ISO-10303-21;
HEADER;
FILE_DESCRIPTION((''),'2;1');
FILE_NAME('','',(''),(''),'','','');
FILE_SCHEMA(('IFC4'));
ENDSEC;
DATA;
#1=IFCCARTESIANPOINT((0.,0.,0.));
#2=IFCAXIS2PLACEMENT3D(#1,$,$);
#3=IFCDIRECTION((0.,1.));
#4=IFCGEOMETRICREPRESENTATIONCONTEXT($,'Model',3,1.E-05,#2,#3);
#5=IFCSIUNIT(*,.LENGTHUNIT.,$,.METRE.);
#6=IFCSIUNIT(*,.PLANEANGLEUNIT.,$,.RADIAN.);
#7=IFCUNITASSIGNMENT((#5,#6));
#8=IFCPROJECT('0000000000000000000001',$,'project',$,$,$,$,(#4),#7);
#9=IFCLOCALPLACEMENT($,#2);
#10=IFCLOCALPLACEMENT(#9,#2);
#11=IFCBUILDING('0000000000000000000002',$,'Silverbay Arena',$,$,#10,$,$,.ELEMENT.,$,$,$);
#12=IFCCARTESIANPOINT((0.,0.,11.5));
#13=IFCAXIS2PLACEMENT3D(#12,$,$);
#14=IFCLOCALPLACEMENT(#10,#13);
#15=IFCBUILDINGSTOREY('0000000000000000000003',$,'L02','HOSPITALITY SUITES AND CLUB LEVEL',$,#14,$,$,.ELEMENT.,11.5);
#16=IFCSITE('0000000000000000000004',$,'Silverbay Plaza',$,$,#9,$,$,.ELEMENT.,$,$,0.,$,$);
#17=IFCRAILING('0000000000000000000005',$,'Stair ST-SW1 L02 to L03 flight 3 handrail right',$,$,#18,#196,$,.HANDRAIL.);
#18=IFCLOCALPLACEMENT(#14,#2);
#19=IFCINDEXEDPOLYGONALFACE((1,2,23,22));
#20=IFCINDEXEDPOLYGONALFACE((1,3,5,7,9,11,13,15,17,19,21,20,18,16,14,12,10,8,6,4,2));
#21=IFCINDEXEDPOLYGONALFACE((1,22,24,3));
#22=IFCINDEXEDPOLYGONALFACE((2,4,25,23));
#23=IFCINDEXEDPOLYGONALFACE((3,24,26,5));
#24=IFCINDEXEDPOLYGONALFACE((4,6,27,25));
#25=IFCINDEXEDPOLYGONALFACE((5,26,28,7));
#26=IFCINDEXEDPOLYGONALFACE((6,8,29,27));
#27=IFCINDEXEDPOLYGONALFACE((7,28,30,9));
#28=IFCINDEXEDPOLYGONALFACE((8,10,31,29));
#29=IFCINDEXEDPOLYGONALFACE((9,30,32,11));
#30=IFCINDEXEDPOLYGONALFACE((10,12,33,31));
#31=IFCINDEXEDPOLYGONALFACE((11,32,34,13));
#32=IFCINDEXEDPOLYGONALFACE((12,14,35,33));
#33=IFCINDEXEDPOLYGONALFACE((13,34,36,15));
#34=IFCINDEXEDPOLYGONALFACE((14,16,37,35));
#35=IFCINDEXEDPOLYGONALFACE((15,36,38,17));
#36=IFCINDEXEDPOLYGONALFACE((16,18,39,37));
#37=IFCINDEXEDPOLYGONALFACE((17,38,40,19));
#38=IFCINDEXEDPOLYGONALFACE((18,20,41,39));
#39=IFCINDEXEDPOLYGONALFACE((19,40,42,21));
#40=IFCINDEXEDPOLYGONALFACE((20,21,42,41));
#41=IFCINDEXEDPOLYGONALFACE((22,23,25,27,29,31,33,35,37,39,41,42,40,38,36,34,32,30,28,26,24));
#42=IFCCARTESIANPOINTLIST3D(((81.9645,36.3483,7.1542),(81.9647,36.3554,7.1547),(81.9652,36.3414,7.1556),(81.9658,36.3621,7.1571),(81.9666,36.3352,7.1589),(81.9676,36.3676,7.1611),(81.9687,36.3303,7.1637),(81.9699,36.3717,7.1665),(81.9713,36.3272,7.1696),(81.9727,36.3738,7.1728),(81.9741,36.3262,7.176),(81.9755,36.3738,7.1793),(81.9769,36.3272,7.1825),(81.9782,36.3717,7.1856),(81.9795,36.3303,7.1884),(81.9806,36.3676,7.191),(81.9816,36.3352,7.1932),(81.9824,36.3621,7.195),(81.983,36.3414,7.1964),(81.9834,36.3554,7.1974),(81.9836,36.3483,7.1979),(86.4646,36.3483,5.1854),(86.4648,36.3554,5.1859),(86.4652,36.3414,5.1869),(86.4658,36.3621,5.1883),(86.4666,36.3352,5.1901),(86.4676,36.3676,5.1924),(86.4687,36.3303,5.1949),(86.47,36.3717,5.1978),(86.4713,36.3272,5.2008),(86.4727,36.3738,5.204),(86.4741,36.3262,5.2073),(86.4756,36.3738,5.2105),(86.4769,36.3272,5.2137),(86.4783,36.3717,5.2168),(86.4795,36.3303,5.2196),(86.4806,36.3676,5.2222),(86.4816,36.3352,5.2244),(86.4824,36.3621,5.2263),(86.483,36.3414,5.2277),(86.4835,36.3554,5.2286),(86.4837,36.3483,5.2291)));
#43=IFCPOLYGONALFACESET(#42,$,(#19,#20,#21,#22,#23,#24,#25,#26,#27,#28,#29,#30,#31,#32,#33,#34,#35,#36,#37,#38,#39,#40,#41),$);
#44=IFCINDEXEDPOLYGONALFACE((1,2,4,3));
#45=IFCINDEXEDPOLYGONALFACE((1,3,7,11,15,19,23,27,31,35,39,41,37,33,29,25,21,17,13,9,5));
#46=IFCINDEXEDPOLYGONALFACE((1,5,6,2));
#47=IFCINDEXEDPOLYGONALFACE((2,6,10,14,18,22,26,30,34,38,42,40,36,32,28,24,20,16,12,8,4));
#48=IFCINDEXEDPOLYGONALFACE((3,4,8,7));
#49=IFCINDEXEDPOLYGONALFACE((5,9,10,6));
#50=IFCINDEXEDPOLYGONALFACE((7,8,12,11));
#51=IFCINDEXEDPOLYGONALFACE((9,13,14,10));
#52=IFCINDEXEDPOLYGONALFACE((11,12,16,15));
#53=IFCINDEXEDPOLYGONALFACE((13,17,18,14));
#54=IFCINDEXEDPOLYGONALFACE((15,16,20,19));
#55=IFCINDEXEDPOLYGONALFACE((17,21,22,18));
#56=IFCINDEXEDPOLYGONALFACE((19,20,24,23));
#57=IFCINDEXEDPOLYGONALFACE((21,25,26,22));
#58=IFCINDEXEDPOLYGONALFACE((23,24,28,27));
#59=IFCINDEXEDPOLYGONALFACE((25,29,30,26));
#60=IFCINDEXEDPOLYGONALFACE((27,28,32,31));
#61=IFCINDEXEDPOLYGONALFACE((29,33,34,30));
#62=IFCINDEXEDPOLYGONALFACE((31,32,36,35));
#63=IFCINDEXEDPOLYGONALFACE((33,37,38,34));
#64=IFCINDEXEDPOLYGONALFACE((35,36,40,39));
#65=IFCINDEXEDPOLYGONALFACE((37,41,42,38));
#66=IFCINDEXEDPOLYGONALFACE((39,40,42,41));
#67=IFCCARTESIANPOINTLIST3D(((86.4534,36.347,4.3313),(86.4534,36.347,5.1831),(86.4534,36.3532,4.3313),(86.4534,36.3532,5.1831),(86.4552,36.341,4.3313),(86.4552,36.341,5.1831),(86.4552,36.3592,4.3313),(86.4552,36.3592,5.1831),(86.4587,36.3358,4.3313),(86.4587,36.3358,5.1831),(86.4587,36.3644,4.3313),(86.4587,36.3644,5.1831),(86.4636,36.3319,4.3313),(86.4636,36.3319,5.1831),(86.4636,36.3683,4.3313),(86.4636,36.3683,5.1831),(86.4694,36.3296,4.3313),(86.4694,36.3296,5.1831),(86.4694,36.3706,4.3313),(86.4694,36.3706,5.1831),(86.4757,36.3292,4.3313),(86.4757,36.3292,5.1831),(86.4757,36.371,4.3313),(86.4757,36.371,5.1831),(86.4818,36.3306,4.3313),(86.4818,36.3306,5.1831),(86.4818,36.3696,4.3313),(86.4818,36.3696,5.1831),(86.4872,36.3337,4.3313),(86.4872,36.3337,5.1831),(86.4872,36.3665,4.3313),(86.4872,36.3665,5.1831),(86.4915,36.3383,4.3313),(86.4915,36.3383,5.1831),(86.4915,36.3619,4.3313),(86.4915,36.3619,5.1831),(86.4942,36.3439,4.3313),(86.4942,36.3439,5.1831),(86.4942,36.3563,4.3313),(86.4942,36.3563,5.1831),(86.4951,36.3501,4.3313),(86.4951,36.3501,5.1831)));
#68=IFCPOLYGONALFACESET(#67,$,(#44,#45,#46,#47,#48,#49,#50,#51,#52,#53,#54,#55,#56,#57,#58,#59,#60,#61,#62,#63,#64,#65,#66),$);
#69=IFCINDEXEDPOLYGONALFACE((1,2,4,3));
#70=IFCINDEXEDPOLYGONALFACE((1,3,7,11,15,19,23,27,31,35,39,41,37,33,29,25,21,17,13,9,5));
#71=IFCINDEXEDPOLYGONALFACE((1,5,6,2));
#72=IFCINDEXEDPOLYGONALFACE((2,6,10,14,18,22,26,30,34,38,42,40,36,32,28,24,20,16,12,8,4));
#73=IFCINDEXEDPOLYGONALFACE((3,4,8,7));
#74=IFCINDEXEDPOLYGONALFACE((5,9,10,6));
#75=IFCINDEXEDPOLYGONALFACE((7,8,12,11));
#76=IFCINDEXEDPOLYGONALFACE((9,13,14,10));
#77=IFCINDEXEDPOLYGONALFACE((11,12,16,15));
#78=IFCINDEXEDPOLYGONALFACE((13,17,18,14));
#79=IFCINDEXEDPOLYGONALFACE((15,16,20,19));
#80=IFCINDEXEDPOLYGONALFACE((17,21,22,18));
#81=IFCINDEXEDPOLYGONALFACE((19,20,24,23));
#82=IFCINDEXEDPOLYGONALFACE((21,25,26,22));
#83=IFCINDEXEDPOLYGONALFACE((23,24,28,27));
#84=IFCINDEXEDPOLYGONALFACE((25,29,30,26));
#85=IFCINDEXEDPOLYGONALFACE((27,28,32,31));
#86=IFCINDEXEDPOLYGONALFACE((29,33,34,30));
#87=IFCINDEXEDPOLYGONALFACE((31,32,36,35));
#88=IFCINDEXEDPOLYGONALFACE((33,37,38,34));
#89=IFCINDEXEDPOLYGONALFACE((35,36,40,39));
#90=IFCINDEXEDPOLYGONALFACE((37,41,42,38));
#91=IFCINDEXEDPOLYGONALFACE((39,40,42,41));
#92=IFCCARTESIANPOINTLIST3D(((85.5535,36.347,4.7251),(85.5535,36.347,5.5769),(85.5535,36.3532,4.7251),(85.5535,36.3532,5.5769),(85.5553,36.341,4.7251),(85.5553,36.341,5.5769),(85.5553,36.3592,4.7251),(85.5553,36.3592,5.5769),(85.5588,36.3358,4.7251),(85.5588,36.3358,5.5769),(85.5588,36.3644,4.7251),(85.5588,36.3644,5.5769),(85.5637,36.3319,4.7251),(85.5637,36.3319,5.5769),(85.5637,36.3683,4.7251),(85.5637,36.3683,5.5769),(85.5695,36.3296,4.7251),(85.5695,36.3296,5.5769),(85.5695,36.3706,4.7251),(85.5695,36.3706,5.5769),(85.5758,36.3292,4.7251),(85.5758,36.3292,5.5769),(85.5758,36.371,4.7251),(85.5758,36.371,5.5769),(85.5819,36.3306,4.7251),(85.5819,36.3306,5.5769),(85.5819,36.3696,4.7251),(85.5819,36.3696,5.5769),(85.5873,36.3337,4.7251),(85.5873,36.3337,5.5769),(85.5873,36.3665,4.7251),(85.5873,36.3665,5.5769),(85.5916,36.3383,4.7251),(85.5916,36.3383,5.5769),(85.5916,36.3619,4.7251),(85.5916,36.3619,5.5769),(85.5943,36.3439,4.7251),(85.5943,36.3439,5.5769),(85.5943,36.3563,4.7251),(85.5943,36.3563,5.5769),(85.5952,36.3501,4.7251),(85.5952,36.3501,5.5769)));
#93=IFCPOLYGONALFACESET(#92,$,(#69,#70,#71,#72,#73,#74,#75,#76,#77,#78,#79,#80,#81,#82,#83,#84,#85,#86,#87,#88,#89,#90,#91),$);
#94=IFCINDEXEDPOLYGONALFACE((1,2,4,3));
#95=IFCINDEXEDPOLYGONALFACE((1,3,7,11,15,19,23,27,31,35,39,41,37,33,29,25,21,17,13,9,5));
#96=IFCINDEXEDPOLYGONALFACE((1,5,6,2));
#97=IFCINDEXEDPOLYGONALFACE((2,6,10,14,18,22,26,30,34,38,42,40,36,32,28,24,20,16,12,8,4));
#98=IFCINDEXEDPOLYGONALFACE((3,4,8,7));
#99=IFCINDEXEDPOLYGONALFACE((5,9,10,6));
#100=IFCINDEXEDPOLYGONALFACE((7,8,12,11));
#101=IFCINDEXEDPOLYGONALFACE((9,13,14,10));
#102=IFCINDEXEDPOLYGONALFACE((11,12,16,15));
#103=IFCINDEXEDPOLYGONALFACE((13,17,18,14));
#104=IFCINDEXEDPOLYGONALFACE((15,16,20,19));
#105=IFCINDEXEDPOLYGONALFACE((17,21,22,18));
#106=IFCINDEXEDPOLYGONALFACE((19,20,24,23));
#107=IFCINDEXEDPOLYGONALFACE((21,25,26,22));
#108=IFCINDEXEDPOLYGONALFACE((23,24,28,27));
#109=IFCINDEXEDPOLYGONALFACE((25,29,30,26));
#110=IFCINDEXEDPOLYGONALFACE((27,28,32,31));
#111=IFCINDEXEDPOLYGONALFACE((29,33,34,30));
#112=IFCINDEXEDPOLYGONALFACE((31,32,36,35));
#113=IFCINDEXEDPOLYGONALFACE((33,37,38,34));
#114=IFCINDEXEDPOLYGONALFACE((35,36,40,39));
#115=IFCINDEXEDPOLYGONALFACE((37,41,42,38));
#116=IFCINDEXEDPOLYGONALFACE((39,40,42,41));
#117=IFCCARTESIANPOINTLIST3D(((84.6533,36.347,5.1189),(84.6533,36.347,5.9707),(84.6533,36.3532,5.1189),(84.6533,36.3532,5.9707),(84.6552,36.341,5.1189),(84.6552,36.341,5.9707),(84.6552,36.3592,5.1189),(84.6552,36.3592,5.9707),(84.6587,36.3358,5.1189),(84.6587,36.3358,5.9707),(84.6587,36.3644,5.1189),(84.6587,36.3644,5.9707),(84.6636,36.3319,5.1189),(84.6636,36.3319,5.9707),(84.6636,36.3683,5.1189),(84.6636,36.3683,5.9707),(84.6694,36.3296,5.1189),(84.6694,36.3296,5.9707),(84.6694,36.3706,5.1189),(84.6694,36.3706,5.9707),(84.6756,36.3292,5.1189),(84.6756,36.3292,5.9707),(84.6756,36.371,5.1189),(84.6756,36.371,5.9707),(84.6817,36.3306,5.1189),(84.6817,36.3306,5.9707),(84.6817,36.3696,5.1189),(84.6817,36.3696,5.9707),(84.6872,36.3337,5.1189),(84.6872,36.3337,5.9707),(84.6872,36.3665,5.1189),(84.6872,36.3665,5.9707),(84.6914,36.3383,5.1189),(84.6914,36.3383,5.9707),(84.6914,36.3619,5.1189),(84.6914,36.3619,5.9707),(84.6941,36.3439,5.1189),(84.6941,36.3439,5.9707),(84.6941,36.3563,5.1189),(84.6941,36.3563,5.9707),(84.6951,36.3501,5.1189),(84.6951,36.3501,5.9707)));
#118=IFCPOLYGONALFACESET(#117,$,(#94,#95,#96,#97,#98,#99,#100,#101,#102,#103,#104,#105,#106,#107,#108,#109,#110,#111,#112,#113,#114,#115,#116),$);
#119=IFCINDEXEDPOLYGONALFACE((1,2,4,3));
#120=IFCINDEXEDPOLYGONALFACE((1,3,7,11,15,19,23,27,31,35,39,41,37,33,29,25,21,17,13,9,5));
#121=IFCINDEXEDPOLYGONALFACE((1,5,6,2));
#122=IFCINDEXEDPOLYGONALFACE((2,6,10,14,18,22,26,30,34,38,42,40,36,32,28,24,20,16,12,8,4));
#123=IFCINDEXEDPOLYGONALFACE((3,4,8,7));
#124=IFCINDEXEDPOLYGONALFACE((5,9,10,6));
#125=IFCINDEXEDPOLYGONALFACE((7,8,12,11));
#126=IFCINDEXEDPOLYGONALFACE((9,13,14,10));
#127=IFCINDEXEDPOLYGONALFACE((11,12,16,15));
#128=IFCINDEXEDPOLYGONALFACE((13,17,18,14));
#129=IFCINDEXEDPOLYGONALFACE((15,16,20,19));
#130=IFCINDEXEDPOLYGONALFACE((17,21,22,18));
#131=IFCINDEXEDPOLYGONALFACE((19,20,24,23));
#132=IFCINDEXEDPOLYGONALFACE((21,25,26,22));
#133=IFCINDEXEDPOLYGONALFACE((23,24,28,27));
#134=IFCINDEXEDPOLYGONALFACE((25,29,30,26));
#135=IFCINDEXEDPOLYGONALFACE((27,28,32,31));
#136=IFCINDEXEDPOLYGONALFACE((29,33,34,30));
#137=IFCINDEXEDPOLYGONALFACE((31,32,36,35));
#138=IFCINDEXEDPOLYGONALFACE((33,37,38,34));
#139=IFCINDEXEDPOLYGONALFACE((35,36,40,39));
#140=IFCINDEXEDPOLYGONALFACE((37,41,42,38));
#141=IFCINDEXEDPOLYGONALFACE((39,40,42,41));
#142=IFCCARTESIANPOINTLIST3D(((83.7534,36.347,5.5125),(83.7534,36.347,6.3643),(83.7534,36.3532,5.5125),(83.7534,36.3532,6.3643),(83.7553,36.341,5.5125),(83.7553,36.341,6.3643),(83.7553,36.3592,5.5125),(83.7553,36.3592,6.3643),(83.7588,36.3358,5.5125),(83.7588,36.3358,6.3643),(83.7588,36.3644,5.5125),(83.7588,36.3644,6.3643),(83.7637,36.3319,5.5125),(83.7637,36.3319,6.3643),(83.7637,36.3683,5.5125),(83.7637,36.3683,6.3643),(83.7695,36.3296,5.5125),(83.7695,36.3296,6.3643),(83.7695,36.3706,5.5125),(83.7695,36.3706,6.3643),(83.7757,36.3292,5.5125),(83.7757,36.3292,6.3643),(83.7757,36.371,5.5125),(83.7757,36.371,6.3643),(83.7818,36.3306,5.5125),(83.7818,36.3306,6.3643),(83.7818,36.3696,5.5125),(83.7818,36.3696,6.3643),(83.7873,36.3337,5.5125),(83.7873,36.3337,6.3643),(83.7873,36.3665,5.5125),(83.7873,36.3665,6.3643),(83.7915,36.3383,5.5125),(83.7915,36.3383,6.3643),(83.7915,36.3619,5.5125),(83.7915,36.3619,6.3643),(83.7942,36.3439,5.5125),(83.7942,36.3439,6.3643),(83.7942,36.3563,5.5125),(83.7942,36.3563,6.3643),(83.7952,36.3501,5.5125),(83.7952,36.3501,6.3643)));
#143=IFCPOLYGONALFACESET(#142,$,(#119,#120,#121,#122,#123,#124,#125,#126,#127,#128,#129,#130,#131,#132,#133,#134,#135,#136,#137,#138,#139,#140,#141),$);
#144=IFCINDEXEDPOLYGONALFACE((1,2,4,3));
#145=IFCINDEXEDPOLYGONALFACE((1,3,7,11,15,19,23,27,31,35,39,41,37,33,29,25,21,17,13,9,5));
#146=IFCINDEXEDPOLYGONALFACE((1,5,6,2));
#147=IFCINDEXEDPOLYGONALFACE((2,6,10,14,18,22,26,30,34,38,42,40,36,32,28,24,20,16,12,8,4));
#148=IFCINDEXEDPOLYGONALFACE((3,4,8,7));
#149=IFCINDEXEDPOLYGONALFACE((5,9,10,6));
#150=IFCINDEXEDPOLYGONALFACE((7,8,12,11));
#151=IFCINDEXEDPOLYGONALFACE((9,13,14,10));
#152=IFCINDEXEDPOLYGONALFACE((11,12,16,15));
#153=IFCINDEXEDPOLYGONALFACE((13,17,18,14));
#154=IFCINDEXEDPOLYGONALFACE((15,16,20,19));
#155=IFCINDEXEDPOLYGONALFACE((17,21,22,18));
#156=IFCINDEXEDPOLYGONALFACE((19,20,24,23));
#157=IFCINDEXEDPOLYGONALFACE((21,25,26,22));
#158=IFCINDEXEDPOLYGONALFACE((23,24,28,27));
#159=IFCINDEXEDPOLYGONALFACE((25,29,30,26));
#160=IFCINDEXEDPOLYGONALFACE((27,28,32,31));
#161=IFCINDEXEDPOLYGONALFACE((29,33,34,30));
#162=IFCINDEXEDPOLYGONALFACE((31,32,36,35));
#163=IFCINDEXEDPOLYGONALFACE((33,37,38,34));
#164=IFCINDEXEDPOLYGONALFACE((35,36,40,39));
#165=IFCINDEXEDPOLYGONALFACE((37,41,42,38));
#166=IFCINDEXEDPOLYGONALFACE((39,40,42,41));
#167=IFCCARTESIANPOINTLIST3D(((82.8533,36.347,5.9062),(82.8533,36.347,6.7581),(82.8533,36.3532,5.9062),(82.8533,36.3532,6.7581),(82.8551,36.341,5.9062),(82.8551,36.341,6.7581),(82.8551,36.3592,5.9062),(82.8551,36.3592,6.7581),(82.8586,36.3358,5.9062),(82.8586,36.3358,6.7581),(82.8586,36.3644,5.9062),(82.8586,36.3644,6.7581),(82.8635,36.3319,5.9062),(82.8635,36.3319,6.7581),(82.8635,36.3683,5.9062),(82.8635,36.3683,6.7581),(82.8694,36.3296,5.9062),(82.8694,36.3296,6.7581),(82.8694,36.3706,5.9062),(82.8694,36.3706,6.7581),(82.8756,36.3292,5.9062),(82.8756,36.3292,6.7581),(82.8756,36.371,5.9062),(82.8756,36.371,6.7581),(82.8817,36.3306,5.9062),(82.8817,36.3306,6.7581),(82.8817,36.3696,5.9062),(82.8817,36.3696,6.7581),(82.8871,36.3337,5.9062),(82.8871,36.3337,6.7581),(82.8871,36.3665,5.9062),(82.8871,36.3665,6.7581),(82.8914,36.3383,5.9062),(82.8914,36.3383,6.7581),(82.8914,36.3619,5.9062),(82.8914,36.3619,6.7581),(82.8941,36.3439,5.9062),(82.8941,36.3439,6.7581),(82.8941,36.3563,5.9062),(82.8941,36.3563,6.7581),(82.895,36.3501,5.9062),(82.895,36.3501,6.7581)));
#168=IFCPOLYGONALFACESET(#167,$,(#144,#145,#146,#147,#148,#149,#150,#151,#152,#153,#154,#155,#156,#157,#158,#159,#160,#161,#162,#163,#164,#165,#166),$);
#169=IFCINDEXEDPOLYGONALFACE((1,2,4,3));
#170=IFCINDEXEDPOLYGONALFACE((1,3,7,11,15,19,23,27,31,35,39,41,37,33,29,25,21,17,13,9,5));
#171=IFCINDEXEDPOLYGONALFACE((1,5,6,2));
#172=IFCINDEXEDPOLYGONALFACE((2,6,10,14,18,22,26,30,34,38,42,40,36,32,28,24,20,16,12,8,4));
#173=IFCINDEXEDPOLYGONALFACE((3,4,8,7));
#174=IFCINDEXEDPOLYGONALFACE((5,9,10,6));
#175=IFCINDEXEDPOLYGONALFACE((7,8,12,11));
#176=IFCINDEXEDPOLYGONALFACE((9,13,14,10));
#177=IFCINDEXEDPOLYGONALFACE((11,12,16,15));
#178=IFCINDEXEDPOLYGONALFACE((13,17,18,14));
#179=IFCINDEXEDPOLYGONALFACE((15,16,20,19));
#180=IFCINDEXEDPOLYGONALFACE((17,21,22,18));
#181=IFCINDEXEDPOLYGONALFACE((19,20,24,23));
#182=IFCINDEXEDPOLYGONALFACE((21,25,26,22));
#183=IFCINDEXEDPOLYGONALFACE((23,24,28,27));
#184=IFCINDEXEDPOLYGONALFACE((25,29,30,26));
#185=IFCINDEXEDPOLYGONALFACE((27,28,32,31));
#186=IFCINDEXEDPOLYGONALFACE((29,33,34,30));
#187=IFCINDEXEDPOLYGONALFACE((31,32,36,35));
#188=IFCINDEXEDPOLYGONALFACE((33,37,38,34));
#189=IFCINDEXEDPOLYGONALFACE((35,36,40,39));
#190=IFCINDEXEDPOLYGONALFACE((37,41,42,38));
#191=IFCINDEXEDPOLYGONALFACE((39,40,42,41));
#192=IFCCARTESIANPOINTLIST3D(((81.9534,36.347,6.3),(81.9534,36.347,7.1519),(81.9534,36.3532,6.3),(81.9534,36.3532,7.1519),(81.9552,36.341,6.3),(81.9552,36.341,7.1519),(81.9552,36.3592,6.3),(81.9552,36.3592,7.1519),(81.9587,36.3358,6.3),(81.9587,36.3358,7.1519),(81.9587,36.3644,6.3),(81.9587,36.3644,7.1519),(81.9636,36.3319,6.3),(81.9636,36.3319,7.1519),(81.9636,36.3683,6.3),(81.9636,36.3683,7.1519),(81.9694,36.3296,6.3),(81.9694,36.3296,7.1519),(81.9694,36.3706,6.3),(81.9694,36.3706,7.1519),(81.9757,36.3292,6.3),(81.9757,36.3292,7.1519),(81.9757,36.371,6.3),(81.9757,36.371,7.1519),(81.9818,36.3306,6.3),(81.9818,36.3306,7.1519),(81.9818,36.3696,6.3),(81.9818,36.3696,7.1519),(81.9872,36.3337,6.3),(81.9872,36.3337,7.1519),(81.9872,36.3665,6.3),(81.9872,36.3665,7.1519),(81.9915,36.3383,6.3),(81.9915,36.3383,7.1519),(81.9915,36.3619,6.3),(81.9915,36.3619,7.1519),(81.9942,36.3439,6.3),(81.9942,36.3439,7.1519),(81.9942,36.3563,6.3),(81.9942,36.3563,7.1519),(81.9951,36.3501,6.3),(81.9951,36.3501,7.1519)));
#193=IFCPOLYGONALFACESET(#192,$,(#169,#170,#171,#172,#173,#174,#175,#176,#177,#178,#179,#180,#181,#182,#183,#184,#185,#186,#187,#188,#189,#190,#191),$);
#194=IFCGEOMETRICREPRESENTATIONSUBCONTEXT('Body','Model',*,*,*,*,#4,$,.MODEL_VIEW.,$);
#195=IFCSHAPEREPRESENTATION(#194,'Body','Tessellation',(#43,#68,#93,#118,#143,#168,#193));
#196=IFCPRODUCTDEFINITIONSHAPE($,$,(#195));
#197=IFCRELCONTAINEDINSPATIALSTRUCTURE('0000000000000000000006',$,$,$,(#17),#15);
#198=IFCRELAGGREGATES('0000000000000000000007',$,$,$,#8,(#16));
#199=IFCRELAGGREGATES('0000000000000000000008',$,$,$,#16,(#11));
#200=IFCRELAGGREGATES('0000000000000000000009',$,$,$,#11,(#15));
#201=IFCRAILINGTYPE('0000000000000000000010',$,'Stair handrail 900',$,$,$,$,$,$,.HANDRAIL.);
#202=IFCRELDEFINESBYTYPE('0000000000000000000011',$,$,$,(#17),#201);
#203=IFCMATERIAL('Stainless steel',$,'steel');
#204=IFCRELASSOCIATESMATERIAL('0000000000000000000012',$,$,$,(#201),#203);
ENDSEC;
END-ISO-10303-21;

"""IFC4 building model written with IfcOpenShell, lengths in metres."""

from ifc_helpers import new_model, si_unit, direction, frame, origin, origin_2d, place, context, subcontext, project, spatial, circle, extrude, material, type_object, element, save


model = new_model("IFC4")

# Units and contexts
model_context = context("Model", 3, precision=1e-05, world=origin(), true_north=direction((0.0, 1.0)))
body_context = subcontext(model_context, "Body", "Model", "MODEL_VIEW")
ifc_project = project(units=[si_unit("LENGTHUNIT", "METRE"), si_unit("PLANEANGLEUNIT", "RADIAN")], contexts=[model_context])

# Site, building, storey
site_placement = place(None, origin())
site = spatial("IfcSite", under=ifc_project, at=site_placement, Name="Silverbay Plaza", CompositionType="ELEMENT", RefElevation=0.0)
building_placement = place(site_placement, origin())
building = spatial("IfcBuilding", under=site, at=building_placement, Name="Silverbay Arena", CompositionType="ELEMENT")
storey_placement = place(building_placement, frame((0.0, 0.0, 11.5)))
storey = spatial("IfcBuildingStorey", under=building, at=storey_placement, Name="L02", Description="HOSPITALITY SUITES AND CLUB LEVEL", CompositionType="ELEMENT", Elevation=11.5)

# Railing
ifc_material_1 = material(Name="Stainless steel", Category="steel")
railing_type_1 = type_object("IfcRailingType", Name="Stair handrail 900", PredefinedType="HANDRAIL", material=ifc_material_1)
for number, where, name in (
    (1, (86.4741, 36.3501, 4.3313), "Stair ST-SW1 L02 to L03 flight 3 handrail right"),
):
    element("IfcRailing", number, at=place(storey_placement, frame(where)), inside=storey, type_object=railing_type_1, Name=name, PredefinedType="HANDRAIL", context=body_context, shape_type="SweptSolid", body=[
        extrude(circle(Radius=0.0239, at=origin_2d()), frame((0.0, 0.0, 0.876), z_axis=(-0.916157, 0.0, 0.400819), x_axis=(0.0, -1.0, 0.0)), (0.0, 0.0, 1.0), 4.9119),
        extrude(circle(Radius=0.021, at=origin_2d()), origin(), (0.0, 0.0, 1.0), 0.8518),
        extrude(circle(Radius=0.021, at=origin_2d()), frame((-0.8999, 0.0, 0.3938)), (0.0, 0.0, 1.0), 0.8518),
        extrude(circle(Radius=0.021, at=origin_2d()), frame((-1.8, 0.0, 0.7876)), (0.0, 0.0, 1.0), 0.8518),
        extrude(circle(Radius=0.021, at=origin_2d()), frame((-2.7, 0.0, 1.1812)), (0.0, 0.0, 1.0), 0.8518),
        extrude(circle(Radius=0.021, at=origin_2d()), frame((-3.6001, 0.0, 1.575)), (0.0, 0.0, 1.0), 0.8518),
        extrude(circle(Radius=0.021, at=origin_2d()), frame((-4.5, 0.0, 1.9688)), (0.0, 0.0, 1.0), 0.8518),
    ])

save(model, "model.ifc")
